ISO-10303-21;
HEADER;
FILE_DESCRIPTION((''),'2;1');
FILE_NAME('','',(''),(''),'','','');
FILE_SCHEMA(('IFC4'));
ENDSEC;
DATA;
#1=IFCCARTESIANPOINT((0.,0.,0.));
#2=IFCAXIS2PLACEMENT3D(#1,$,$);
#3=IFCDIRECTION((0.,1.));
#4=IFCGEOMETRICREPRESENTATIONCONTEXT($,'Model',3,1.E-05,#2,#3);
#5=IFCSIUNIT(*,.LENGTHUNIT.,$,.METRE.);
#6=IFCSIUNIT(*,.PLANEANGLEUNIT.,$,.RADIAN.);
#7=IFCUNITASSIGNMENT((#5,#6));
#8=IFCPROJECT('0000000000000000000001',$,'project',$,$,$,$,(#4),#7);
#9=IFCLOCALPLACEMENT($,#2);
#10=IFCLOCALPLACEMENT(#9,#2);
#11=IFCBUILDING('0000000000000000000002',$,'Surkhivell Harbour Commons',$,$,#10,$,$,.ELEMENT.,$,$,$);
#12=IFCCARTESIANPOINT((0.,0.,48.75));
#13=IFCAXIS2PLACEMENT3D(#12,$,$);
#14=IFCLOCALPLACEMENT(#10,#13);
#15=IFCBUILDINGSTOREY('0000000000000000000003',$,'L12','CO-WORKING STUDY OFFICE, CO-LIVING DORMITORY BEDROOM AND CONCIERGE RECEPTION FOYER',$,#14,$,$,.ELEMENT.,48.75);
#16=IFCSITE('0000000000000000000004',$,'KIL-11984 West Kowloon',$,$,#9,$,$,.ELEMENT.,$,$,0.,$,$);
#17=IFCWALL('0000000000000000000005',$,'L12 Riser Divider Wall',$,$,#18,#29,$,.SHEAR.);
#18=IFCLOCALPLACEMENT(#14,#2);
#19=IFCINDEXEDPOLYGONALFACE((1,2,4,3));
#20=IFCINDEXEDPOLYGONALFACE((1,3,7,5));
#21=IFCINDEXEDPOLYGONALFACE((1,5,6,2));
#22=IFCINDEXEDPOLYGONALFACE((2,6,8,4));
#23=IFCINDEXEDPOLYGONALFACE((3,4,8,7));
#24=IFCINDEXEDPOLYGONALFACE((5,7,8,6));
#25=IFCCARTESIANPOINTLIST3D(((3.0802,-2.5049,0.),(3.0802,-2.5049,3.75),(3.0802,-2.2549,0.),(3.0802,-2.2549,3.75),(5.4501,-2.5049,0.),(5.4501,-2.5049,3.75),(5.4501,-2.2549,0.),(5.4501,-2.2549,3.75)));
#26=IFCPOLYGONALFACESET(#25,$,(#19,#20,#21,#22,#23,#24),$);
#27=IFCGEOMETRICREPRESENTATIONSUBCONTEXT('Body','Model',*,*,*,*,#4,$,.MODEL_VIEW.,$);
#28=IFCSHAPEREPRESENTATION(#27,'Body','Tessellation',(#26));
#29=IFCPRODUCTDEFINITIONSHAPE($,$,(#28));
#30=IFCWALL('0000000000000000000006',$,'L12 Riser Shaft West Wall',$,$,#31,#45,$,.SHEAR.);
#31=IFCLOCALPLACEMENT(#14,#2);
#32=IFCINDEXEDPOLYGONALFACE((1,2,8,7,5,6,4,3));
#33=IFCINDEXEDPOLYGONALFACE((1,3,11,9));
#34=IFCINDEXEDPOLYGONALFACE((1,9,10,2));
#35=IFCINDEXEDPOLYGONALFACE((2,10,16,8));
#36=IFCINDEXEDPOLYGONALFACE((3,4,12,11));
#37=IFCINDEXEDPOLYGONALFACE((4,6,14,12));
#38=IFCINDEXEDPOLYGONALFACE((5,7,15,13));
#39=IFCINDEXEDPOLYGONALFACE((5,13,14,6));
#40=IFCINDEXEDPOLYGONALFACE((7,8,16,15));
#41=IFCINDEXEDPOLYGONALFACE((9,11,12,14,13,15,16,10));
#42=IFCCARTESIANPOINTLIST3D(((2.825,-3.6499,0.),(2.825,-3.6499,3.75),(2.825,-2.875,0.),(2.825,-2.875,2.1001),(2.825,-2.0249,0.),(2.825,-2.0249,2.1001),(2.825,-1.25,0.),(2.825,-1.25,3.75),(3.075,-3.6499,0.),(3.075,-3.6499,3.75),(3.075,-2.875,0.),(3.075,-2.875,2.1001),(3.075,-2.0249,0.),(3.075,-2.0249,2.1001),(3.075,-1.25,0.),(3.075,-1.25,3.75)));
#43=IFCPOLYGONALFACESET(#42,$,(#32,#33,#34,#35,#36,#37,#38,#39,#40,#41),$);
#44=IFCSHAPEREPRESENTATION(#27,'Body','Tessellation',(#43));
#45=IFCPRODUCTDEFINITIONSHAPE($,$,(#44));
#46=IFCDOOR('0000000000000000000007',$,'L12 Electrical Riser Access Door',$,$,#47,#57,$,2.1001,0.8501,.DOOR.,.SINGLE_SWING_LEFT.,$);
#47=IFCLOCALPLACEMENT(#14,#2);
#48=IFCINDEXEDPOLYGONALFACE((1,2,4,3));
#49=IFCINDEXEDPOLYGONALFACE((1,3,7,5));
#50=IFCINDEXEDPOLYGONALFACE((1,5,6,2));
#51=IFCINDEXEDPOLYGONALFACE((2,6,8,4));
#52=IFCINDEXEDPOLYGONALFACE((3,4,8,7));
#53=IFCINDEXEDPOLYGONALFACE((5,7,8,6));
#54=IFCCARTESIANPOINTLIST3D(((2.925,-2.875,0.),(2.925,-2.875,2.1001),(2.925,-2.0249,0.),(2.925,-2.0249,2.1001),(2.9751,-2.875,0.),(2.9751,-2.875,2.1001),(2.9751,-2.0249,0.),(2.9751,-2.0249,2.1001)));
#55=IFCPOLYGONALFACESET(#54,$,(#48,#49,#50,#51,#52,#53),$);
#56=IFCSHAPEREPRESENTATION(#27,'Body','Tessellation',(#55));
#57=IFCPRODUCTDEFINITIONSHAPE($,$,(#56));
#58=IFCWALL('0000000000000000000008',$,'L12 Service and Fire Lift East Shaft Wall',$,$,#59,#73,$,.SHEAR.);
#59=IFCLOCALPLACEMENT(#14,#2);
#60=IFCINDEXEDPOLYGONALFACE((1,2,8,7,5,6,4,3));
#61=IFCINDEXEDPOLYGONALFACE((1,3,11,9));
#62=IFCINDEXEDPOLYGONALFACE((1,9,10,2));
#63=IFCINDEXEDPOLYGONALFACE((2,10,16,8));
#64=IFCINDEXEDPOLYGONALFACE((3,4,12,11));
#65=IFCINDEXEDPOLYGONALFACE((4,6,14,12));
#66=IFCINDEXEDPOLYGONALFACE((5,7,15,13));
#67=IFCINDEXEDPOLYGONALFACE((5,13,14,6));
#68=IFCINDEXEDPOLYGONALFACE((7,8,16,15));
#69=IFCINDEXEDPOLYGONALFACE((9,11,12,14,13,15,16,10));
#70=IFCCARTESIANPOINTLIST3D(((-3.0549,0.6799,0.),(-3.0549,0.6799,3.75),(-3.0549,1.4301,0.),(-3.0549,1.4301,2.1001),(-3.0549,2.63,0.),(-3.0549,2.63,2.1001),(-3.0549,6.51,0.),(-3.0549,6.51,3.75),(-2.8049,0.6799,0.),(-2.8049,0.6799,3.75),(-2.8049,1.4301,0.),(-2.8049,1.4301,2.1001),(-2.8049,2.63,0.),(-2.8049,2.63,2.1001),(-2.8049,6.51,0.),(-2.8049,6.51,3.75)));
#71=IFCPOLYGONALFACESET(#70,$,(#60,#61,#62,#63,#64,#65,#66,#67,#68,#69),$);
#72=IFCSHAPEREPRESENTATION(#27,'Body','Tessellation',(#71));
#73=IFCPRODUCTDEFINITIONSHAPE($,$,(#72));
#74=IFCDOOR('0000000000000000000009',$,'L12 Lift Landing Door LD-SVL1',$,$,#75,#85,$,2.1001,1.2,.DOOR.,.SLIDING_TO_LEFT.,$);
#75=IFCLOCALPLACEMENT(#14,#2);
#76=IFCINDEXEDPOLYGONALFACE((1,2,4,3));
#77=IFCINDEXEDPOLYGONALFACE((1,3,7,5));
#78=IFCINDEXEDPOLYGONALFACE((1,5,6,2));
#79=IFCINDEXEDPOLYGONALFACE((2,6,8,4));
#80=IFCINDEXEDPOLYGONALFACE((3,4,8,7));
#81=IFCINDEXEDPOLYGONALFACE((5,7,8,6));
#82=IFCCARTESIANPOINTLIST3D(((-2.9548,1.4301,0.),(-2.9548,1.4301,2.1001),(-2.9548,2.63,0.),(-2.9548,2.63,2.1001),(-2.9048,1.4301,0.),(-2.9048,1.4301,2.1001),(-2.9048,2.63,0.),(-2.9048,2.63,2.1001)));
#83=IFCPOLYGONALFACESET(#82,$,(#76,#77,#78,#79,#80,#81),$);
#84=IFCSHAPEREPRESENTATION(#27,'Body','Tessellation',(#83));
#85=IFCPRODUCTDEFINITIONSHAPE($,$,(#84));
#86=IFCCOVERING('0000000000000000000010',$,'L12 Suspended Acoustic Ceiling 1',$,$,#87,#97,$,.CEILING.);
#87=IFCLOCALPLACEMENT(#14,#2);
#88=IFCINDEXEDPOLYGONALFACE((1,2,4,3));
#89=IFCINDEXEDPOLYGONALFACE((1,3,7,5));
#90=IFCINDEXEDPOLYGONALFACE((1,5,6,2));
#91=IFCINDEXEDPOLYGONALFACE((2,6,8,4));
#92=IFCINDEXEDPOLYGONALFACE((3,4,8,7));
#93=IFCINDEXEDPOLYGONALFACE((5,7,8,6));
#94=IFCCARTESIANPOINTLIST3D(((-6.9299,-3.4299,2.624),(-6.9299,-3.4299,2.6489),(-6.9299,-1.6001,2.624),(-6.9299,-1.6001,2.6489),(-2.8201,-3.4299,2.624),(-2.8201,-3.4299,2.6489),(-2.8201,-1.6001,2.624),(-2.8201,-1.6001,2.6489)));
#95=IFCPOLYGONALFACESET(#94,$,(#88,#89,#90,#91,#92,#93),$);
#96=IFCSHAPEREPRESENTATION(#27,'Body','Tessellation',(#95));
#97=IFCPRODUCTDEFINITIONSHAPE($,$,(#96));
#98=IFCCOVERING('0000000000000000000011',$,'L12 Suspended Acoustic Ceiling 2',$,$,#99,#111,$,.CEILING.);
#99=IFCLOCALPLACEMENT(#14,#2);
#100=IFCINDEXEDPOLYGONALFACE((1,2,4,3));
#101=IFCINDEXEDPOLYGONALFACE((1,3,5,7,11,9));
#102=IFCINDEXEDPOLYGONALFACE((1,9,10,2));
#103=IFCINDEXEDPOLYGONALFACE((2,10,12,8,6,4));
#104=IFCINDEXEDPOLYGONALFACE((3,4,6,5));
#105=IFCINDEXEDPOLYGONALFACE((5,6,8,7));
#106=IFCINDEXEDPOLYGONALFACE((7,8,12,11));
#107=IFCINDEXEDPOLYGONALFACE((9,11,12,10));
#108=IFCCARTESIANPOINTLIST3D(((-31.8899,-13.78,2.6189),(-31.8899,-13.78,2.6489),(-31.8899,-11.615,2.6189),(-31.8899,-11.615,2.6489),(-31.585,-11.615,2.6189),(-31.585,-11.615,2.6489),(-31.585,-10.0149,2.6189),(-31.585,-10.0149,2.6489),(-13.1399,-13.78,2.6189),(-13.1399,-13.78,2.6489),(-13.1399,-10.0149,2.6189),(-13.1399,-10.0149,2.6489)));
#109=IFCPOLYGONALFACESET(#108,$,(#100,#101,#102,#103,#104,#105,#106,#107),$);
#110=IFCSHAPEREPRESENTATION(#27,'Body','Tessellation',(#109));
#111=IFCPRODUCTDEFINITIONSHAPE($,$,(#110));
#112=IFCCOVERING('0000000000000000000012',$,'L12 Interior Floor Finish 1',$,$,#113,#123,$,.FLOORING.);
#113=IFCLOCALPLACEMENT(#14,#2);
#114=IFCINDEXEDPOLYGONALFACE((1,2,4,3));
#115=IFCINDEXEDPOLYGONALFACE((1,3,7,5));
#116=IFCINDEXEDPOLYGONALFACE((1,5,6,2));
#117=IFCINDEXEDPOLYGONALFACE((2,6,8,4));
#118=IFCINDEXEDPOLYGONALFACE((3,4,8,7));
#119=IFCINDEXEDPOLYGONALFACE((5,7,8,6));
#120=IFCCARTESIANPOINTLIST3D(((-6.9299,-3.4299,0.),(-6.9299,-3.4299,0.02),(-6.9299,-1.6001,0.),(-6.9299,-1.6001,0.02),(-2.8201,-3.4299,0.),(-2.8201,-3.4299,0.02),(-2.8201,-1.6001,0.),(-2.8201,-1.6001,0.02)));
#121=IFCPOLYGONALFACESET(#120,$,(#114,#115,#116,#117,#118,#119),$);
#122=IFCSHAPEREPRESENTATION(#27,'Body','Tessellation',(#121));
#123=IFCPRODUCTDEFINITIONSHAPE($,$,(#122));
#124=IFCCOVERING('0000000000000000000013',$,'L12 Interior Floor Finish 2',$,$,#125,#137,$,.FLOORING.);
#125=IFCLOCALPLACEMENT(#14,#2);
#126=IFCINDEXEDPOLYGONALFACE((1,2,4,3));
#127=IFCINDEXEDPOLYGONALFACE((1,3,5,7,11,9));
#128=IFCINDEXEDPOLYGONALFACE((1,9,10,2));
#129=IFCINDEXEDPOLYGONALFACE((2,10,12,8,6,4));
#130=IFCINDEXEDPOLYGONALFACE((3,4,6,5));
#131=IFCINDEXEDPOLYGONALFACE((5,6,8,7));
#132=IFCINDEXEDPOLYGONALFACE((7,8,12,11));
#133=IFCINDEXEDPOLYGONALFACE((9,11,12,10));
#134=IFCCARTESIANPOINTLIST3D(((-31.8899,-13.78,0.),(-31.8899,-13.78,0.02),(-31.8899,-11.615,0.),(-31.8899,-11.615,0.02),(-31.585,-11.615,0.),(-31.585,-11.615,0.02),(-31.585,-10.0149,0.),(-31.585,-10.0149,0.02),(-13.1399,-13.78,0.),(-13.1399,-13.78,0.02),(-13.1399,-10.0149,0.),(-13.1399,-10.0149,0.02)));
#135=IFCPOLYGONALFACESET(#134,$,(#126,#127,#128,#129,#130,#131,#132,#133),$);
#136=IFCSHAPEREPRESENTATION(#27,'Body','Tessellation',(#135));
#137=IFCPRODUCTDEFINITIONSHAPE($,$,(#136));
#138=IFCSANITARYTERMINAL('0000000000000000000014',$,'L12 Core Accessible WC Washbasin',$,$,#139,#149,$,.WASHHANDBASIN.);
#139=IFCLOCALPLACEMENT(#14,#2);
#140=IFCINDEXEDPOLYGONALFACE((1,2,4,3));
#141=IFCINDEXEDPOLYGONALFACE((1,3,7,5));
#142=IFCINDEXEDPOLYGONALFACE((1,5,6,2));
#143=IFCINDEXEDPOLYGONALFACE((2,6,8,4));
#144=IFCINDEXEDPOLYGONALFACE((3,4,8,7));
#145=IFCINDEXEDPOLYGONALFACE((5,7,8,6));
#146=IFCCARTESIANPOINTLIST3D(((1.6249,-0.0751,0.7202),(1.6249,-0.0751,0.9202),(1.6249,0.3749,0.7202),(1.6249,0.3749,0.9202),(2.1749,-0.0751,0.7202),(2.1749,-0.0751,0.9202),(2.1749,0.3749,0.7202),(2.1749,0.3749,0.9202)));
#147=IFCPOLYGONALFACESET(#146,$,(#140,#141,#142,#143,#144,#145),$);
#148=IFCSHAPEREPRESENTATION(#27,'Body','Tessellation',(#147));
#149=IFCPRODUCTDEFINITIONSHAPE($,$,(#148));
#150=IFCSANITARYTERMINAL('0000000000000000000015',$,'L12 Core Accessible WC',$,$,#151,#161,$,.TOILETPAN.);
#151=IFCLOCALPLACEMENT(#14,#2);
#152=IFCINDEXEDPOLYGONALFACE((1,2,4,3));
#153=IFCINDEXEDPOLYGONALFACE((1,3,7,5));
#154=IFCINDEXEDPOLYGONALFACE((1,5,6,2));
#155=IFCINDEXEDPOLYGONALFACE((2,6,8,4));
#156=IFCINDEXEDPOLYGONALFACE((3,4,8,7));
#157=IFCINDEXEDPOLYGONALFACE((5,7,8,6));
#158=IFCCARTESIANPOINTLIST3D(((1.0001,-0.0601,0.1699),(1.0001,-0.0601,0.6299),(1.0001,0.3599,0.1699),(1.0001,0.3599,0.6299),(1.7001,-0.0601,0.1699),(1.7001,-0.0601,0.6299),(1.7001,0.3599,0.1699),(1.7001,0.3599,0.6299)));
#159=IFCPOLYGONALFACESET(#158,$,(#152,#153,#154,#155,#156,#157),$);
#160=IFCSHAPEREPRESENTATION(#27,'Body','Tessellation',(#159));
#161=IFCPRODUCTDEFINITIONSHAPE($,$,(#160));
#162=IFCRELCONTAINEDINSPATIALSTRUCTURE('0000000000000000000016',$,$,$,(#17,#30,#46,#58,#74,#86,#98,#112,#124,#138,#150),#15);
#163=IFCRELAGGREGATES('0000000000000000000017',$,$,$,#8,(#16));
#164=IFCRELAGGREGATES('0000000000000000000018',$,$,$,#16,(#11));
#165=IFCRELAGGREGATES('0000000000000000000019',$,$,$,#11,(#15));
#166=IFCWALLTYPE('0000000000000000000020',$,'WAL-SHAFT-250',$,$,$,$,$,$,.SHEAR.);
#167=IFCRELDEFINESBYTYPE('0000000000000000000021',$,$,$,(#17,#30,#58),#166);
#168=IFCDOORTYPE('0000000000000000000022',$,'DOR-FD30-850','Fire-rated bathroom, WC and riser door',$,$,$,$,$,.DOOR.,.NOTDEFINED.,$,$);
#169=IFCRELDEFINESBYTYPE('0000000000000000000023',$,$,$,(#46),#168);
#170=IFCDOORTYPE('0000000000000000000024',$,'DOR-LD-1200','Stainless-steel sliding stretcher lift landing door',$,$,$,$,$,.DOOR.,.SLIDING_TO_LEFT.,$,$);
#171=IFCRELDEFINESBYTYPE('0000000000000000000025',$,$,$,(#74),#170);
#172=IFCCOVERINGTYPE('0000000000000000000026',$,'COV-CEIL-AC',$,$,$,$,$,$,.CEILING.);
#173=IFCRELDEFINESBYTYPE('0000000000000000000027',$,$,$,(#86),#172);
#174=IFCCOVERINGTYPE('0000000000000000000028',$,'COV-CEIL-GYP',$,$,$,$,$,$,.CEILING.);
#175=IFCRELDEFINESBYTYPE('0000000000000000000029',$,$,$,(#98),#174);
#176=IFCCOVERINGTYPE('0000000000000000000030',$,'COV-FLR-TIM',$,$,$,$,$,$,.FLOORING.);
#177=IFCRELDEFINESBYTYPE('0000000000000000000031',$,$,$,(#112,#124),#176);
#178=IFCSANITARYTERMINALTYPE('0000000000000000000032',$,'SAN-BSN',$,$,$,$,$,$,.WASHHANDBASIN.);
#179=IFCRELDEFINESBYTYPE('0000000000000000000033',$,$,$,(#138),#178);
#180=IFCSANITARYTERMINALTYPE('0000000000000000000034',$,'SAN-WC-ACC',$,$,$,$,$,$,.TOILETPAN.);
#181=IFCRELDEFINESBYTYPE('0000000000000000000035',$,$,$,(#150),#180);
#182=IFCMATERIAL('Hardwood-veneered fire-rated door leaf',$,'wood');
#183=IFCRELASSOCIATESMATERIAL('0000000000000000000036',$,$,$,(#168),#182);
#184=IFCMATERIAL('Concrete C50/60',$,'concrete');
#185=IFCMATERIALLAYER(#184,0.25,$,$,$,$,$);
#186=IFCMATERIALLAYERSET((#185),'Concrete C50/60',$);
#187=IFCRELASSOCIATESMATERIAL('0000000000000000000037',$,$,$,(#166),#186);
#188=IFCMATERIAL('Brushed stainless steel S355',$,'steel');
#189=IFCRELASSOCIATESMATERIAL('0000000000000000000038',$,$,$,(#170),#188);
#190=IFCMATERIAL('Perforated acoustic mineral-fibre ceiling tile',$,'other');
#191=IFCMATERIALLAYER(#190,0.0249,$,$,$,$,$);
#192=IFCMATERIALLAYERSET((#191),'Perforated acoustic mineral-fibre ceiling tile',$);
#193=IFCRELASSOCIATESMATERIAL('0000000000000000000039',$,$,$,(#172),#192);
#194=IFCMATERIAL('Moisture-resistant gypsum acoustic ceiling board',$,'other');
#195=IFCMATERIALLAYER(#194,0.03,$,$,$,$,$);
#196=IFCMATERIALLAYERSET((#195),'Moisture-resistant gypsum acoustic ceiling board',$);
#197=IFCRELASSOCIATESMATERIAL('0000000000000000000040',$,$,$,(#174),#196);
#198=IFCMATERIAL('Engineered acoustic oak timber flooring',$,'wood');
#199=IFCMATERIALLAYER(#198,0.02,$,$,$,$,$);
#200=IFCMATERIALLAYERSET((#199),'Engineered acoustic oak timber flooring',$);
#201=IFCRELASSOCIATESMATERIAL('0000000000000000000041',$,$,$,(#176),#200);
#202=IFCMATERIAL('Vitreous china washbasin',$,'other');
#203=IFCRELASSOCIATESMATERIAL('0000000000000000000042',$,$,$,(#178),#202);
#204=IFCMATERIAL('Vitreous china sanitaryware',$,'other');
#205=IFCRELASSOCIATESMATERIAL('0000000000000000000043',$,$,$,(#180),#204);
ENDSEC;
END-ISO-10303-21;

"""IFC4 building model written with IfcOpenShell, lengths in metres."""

from ifc_helpers import new_model, si_unit, direction, frame, frame_2d, origin, origin_2d, place, context, subcontext, project, spatial, polyline, rectangle, outline, extrude, material, layer, layer_set, type_object, element, fill, save


model = new_model("IFC4")

# Units and contexts
model_context = context("Model", 3, precision=1e-05, world=origin(), true_north=direction((0.0, 1.0)))
body_context = subcontext(model_context, "Body", "Model", "MODEL_VIEW")
ifc_project = project(units=[si_unit("LENGTHUNIT", "METRE"), si_unit("PLANEANGLEUNIT", "RADIAN")], contexts=[model_context])

# Site, building, storey
site_placement = place(None, origin())
site = spatial("IfcSite", under=ifc_project, at=site_placement, Name="KIL-11984 West Kowloon", CompositionType="ELEMENT", RefElevation=0.0)
building_placement = place(site_placement, origin())
building = spatial("IfcBuilding", under=site, at=building_placement, Name="Surkhivell Harbour Commons", CompositionType="ELEMENT")
storey_placement = place(building_placement, frame((0.0, 0.0, 48.75)))
storey = spatial("IfcBuildingStorey", under=building, at=storey_placement, Name="L12", Description="CO-WORKING STUDY OFFICE, CO-LIVING DORMITORY BEDROOM AND CONCIERGE RECEPTION FOYER", CompositionType="ELEMENT", Elevation=48.75)

# Shared definitions
ifc_material_1 = material(Name="Hardwood-veneered fire-rated door leaf", Category="wood")
door_type_1 = type_object("IfcDoorType", Name="DOR-FD30-850", Description="Fire-rated bathroom, WC and riser door", OperationType="NOTDEFINED", PredefinedType="DOOR", material=ifc_material_1)

# Wall
ifc_material_2 = material(Name="Concrete C50/60", Category="concrete")
ifc_layer_1 = layer(ifc_material_2, 0.25)
ifc_layer_set_1 = layer_set([ifc_layer_1], Name="Concrete C50/60")
wall_type_1 = type_object("IfcWallType", Name="WAL-SHAFT-250", PredefinedType="SHEAR", material=ifc_layer_set_1)
wall_1_placement = place(storey_placement, frame((3.0801, -2.3799, 0.0), z_axis=(0.0, 0.0, 1.0), x_axis=(1.0, 0.0, 0.0)))
element("IfcWall", 1, at=wall_1_placement, inside=storey, type_object=wall_type_1, Name="L12 Riser Divider Wall", PredefinedType="SHEAR", context=body_context, shape_type="SweptSolid", body=[
    extrude(rectangle(XDim=2.3699, YDim=0.25, at=frame_2d((1.1851, 0.0))), origin(), (0.0, 0.0, 1.0), 3.75),
])

# Walls, openings, doors
wall_2_placement = place(storey_placement, frame((2.95, -3.6499, 0.0), z_axis=(0.0, 0.0, 1.0), x_axis=(0.0, 1.0, 0.0)))
wall_2 = element("IfcWall", 2, at=wall_2_placement, inside=storey, type_object=wall_type_1, Name="L12 Riser Shaft West Wall", PredefinedType="SHEAR", context=body_context, shape_type="SweptSolid", body=[
    extrude(rectangle(XDim=2.3999, YDim=0.25, at=frame_2d((1.2, 0.0))), origin(), (0.0, 0.0, 1.0), 3.75),
])
opening_1_placement = place(wall_2_placement, frame((0.7749, 0.0, 0.0)))
opening_1 = element("IfcOpeningElement", 3, at=opening_1_placement, cuts=wall_2, PredefinedType="OPENING", context=body_context, shape_type="SweptSolid", body=[
    extrude(rectangle(XDim=0.8501, YDim=2.1001, at=frame_2d((0.425, 1.05))), frame((0.0, 0.135, 0.0), z_axis=(0.0, -1.0, 0.0), x_axis=(1.0, 0.0, 0.0)), (0.0, 0.0, 1.0), 0.27),
])
door_1_placement = place(opening_1_placement, origin())
door_1 = element("IfcDoor", 4, at=door_1_placement, inside=storey, type_object=door_type_1, Name="L12 Electrical Riser Access Door", OperationType="SINGLE_SWING_LEFT", OverallHeight=2.1001, OverallWidth=0.8501, PredefinedType="DOOR", context=body_context, shape_type="SweptSolid", body=[
    extrude(rectangle(XDim=0.8501, YDim=2.1001, at=frame_2d((0.425, 1.05))), frame((0.0, 0.0249, 0.0), z_axis=(0.0, -1.0, 0.0), x_axis=(1.0, 0.0, 0.0)), (0.0, 0.0, 1.0), 0.05),
])
fill(opening_1, door_1)
wall_3_placement = place(storey_placement, frame((-2.9299, 0.6799, 0.0), z_axis=(0.0, 0.0, 1.0), x_axis=(0.0, 1.0, 0.0)))
wall_3 = element("IfcWall", 5, at=wall_3_placement, inside=storey, type_object=wall_type_1, Name="L12 Service and Fire Lift East Shaft Wall", PredefinedType="SHEAR", context=body_context, shape_type="SweptSolid", body=[
    extrude(rectangle(XDim=5.8301, YDim=0.25, at=frame_2d((2.915, 0.0))), origin(), (0.0, 0.0, 1.0), 3.75),
])
opening_2_placement = place(wall_3_placement, frame((0.75, 0.0, 0.0)))
opening_2 = element("IfcOpeningElement", 6, at=opening_2_placement, cuts=wall_3, PredefinedType="OPENING", context=body_context, shape_type="SweptSolid", body=[
    extrude(rectangle(XDim=1.2, YDim=2.1001, at=frame_2d((0.6001, 1.05))), frame((0.0, 0.135, 0.0), z_axis=(0.0, -1.0, 0.0), x_axis=(1.0, 0.0, 0.0)), (0.0, 0.0, 1.0), 0.27),
])
ifc_material_3 = material(Name="Brushed stainless steel S355", Category="steel")
door_type_2 = type_object("IfcDoorType", Name="DOR-LD-1200", Description="Stainless-steel sliding stretcher lift landing door", OperationType="SLIDING_TO_LEFT", PredefinedType="DOOR", material=ifc_material_3)
door_2_placement = place(opening_2_placement, origin())
door_2 = element("IfcDoor", 7, at=door_2_placement, inside=storey, type_object=door_type_2, Name="L12 Lift Landing Door LD-SVL1", OperationType="SLIDING_TO_LEFT", OverallHeight=2.1001, OverallWidth=1.2, PredefinedType="DOOR", context=body_context, shape_type="SweptSolid", body=[
    extrude(rectangle(XDim=1.2, YDim=2.1001, at=frame_2d((0.6001, 1.05))), frame((0.0, 0.0249, 0.0), z_axis=(0.0, -1.0, 0.0), x_axis=(1.0, 0.0, 0.0)), (0.0, 0.0, 1.0), 0.05),
])
fill(opening_2, door_2)

# Coverings
ifc_material_4 = material(Name="Perforated acoustic mineral-fibre ceiling tile", Category="other")
ifc_layer_2 = layer(ifc_material_4, 0.0249)
ifc_layer_set_2 = layer_set([ifc_layer_2], Name="Perforated acoustic mineral-fibre ceiling tile")
covering_type_1 = type_object("IfcCoveringType", Name="COV-CEIL-AC", PredefinedType="CEILING", material=ifc_layer_set_2)
covering_1_placement = place(storey_placement, frame((0.0, 0.0, 2.624)))
element("IfcCovering", 8, at=covering_1_placement, inside=storey, type_object=covering_type_1, Name="L12 Suspended Acoustic Ceiling 1", PredefinedType="CEILING", context=body_context, shape_type="SweptSolid", body=[
    extrude(outline(polyline([(-6.9299, -3.4299), (-2.8201, -3.4299), (-2.8201, -1.6001), (-6.9299, -1.6001), (-6.9299, -3.4299)])), origin(), (0.0, 0.0, 1.0), 0.0249),
])
ifc_material_5 = material(Name="Moisture-resistant gypsum acoustic ceiling board", Category="other")
ifc_layer_3 = layer(ifc_material_5, 0.03)
ifc_layer_set_3 = layer_set([ifc_layer_3], Name="Moisture-resistant gypsum acoustic ceiling board")
covering_type_2 = type_object("IfcCoveringType", Name="COV-CEIL-GYP", PredefinedType="CEILING", material=ifc_layer_set_3)
covering_2_placement = place(storey_placement, frame((0.0, 0.0, 2.6189)))
element("IfcCovering", 9, at=covering_2_placement, inside=storey, type_object=covering_type_2, Name="L12 Suspended Acoustic Ceiling 2", PredefinedType="CEILING", context=body_context, shape_type="SweptSolid", body=[
    extrude(outline(polyline([(-31.585, -10.0149), (-31.585, -11.615), (-31.8899, -11.615), (-31.8899, -13.78), (-13.1399, -13.78), (-13.1399, -10.0149), (-31.585, -10.0149)])), origin(), (0.0, 0.0, 1.0), 0.03),
])
ifc_material_6 = material(Name="Engineered acoustic oak timber flooring", Category="wood")
ifc_layer_4 = layer(ifc_material_6, 0.02)
ifc_layer_set_4 = layer_set([ifc_layer_4], Name="Engineered acoustic oak timber flooring")
covering_type_3 = type_object("IfcCoveringType", Name="COV-FLR-TIM", PredefinedType="FLOORING", material=ifc_layer_set_4)
covering_3_placement = place(storey_placement, origin())
element("IfcCovering", 10, at=covering_3_placement, inside=storey, type_object=covering_type_3, Name="L12 Interior Floor Finish 1", PredefinedType="FLOORING", context=body_context, shape_type="SweptSolid", body=[
    extrude(outline(polyline([(-6.9299, -3.4299), (-2.8201, -3.4299), (-2.8201, -1.6001), (-6.9299, -1.6001), (-6.9299, -3.4299)])), origin(), (0.0, 0.0, 1.0), 0.02),
])
covering_4_placement = place(storey_placement, origin())
element("IfcCovering", 11, at=covering_4_placement, inside=storey, type_object=covering_type_3, Name="L12 Interior Floor Finish 2", PredefinedType="FLOORING", context=body_context, shape_type="SweptSolid", body=[
    extrude(outline(polyline([(-31.585, -10.0149), (-31.585, -11.615), (-31.8899, -11.615), (-31.8899, -13.78), (-13.1399, -13.78), (-13.1399, -10.0149), (-31.585, -10.0149)])), origin(), (0.0, 0.0, 1.0), 0.02),
])

# Sanitary terminals
ifc_material_7 = material(Name="Vitreous china washbasin", Category="other")
sanitary_terminal_type_1 = type_object("IfcSanitaryTerminalType", Name="SAN-BSN", PredefinedType="WASHHANDBASIN", material=ifc_material_7)
sanitary_terminal_1_placement = place(storey_placement, frame((1.8999, 0.1499, 0.7202), z_axis=(0.0, 0.0, 1.0), x_axis=(1.0, 0.0, 0.0)))
element("IfcSanitaryTerminal", 12, at=sanitary_terminal_1_placement, inside=storey, type_object=sanitary_terminal_type_1, Name="L12 Core Accessible WC Washbasin", PredefinedType="WASHHANDBASIN", context=body_context, shape_type="SweptSolid", body=[
    extrude(rectangle(XDim=0.55, YDim=0.45, at=origin_2d()), origin(), (0.0, 0.0, 1.0), 0.2),
])
ifc_material_8 = material(Name="Vitreous china sanitaryware", Category="other")
sanitary_terminal_type_2 = type_object("IfcSanitaryTerminalType", Name="SAN-WC-ACC", PredefinedType="TOILETPAN", material=ifc_material_8)
sanitary_terminal_2_placement = place(storey_placement, frame((1.3501, 0.1499, 0.1699), z_axis=(0.0, 0.0, 1.0), x_axis=(1.0, 0.0, 0.0)))
element("IfcSanitaryTerminal", 13, at=sanitary_terminal_2_placement, inside=storey, type_object=sanitary_terminal_type_2, Name="L12 Core Accessible WC", PredefinedType="TOILETPAN", context=body_context, shape_type="SweptSolid", body=[
    extrude(rectangle(XDim=0.7, YDim=0.4199, at=origin_2d()), origin(), (0.0, 0.0, 1.0), 0.46),
])

save(model, "model.ifc")
